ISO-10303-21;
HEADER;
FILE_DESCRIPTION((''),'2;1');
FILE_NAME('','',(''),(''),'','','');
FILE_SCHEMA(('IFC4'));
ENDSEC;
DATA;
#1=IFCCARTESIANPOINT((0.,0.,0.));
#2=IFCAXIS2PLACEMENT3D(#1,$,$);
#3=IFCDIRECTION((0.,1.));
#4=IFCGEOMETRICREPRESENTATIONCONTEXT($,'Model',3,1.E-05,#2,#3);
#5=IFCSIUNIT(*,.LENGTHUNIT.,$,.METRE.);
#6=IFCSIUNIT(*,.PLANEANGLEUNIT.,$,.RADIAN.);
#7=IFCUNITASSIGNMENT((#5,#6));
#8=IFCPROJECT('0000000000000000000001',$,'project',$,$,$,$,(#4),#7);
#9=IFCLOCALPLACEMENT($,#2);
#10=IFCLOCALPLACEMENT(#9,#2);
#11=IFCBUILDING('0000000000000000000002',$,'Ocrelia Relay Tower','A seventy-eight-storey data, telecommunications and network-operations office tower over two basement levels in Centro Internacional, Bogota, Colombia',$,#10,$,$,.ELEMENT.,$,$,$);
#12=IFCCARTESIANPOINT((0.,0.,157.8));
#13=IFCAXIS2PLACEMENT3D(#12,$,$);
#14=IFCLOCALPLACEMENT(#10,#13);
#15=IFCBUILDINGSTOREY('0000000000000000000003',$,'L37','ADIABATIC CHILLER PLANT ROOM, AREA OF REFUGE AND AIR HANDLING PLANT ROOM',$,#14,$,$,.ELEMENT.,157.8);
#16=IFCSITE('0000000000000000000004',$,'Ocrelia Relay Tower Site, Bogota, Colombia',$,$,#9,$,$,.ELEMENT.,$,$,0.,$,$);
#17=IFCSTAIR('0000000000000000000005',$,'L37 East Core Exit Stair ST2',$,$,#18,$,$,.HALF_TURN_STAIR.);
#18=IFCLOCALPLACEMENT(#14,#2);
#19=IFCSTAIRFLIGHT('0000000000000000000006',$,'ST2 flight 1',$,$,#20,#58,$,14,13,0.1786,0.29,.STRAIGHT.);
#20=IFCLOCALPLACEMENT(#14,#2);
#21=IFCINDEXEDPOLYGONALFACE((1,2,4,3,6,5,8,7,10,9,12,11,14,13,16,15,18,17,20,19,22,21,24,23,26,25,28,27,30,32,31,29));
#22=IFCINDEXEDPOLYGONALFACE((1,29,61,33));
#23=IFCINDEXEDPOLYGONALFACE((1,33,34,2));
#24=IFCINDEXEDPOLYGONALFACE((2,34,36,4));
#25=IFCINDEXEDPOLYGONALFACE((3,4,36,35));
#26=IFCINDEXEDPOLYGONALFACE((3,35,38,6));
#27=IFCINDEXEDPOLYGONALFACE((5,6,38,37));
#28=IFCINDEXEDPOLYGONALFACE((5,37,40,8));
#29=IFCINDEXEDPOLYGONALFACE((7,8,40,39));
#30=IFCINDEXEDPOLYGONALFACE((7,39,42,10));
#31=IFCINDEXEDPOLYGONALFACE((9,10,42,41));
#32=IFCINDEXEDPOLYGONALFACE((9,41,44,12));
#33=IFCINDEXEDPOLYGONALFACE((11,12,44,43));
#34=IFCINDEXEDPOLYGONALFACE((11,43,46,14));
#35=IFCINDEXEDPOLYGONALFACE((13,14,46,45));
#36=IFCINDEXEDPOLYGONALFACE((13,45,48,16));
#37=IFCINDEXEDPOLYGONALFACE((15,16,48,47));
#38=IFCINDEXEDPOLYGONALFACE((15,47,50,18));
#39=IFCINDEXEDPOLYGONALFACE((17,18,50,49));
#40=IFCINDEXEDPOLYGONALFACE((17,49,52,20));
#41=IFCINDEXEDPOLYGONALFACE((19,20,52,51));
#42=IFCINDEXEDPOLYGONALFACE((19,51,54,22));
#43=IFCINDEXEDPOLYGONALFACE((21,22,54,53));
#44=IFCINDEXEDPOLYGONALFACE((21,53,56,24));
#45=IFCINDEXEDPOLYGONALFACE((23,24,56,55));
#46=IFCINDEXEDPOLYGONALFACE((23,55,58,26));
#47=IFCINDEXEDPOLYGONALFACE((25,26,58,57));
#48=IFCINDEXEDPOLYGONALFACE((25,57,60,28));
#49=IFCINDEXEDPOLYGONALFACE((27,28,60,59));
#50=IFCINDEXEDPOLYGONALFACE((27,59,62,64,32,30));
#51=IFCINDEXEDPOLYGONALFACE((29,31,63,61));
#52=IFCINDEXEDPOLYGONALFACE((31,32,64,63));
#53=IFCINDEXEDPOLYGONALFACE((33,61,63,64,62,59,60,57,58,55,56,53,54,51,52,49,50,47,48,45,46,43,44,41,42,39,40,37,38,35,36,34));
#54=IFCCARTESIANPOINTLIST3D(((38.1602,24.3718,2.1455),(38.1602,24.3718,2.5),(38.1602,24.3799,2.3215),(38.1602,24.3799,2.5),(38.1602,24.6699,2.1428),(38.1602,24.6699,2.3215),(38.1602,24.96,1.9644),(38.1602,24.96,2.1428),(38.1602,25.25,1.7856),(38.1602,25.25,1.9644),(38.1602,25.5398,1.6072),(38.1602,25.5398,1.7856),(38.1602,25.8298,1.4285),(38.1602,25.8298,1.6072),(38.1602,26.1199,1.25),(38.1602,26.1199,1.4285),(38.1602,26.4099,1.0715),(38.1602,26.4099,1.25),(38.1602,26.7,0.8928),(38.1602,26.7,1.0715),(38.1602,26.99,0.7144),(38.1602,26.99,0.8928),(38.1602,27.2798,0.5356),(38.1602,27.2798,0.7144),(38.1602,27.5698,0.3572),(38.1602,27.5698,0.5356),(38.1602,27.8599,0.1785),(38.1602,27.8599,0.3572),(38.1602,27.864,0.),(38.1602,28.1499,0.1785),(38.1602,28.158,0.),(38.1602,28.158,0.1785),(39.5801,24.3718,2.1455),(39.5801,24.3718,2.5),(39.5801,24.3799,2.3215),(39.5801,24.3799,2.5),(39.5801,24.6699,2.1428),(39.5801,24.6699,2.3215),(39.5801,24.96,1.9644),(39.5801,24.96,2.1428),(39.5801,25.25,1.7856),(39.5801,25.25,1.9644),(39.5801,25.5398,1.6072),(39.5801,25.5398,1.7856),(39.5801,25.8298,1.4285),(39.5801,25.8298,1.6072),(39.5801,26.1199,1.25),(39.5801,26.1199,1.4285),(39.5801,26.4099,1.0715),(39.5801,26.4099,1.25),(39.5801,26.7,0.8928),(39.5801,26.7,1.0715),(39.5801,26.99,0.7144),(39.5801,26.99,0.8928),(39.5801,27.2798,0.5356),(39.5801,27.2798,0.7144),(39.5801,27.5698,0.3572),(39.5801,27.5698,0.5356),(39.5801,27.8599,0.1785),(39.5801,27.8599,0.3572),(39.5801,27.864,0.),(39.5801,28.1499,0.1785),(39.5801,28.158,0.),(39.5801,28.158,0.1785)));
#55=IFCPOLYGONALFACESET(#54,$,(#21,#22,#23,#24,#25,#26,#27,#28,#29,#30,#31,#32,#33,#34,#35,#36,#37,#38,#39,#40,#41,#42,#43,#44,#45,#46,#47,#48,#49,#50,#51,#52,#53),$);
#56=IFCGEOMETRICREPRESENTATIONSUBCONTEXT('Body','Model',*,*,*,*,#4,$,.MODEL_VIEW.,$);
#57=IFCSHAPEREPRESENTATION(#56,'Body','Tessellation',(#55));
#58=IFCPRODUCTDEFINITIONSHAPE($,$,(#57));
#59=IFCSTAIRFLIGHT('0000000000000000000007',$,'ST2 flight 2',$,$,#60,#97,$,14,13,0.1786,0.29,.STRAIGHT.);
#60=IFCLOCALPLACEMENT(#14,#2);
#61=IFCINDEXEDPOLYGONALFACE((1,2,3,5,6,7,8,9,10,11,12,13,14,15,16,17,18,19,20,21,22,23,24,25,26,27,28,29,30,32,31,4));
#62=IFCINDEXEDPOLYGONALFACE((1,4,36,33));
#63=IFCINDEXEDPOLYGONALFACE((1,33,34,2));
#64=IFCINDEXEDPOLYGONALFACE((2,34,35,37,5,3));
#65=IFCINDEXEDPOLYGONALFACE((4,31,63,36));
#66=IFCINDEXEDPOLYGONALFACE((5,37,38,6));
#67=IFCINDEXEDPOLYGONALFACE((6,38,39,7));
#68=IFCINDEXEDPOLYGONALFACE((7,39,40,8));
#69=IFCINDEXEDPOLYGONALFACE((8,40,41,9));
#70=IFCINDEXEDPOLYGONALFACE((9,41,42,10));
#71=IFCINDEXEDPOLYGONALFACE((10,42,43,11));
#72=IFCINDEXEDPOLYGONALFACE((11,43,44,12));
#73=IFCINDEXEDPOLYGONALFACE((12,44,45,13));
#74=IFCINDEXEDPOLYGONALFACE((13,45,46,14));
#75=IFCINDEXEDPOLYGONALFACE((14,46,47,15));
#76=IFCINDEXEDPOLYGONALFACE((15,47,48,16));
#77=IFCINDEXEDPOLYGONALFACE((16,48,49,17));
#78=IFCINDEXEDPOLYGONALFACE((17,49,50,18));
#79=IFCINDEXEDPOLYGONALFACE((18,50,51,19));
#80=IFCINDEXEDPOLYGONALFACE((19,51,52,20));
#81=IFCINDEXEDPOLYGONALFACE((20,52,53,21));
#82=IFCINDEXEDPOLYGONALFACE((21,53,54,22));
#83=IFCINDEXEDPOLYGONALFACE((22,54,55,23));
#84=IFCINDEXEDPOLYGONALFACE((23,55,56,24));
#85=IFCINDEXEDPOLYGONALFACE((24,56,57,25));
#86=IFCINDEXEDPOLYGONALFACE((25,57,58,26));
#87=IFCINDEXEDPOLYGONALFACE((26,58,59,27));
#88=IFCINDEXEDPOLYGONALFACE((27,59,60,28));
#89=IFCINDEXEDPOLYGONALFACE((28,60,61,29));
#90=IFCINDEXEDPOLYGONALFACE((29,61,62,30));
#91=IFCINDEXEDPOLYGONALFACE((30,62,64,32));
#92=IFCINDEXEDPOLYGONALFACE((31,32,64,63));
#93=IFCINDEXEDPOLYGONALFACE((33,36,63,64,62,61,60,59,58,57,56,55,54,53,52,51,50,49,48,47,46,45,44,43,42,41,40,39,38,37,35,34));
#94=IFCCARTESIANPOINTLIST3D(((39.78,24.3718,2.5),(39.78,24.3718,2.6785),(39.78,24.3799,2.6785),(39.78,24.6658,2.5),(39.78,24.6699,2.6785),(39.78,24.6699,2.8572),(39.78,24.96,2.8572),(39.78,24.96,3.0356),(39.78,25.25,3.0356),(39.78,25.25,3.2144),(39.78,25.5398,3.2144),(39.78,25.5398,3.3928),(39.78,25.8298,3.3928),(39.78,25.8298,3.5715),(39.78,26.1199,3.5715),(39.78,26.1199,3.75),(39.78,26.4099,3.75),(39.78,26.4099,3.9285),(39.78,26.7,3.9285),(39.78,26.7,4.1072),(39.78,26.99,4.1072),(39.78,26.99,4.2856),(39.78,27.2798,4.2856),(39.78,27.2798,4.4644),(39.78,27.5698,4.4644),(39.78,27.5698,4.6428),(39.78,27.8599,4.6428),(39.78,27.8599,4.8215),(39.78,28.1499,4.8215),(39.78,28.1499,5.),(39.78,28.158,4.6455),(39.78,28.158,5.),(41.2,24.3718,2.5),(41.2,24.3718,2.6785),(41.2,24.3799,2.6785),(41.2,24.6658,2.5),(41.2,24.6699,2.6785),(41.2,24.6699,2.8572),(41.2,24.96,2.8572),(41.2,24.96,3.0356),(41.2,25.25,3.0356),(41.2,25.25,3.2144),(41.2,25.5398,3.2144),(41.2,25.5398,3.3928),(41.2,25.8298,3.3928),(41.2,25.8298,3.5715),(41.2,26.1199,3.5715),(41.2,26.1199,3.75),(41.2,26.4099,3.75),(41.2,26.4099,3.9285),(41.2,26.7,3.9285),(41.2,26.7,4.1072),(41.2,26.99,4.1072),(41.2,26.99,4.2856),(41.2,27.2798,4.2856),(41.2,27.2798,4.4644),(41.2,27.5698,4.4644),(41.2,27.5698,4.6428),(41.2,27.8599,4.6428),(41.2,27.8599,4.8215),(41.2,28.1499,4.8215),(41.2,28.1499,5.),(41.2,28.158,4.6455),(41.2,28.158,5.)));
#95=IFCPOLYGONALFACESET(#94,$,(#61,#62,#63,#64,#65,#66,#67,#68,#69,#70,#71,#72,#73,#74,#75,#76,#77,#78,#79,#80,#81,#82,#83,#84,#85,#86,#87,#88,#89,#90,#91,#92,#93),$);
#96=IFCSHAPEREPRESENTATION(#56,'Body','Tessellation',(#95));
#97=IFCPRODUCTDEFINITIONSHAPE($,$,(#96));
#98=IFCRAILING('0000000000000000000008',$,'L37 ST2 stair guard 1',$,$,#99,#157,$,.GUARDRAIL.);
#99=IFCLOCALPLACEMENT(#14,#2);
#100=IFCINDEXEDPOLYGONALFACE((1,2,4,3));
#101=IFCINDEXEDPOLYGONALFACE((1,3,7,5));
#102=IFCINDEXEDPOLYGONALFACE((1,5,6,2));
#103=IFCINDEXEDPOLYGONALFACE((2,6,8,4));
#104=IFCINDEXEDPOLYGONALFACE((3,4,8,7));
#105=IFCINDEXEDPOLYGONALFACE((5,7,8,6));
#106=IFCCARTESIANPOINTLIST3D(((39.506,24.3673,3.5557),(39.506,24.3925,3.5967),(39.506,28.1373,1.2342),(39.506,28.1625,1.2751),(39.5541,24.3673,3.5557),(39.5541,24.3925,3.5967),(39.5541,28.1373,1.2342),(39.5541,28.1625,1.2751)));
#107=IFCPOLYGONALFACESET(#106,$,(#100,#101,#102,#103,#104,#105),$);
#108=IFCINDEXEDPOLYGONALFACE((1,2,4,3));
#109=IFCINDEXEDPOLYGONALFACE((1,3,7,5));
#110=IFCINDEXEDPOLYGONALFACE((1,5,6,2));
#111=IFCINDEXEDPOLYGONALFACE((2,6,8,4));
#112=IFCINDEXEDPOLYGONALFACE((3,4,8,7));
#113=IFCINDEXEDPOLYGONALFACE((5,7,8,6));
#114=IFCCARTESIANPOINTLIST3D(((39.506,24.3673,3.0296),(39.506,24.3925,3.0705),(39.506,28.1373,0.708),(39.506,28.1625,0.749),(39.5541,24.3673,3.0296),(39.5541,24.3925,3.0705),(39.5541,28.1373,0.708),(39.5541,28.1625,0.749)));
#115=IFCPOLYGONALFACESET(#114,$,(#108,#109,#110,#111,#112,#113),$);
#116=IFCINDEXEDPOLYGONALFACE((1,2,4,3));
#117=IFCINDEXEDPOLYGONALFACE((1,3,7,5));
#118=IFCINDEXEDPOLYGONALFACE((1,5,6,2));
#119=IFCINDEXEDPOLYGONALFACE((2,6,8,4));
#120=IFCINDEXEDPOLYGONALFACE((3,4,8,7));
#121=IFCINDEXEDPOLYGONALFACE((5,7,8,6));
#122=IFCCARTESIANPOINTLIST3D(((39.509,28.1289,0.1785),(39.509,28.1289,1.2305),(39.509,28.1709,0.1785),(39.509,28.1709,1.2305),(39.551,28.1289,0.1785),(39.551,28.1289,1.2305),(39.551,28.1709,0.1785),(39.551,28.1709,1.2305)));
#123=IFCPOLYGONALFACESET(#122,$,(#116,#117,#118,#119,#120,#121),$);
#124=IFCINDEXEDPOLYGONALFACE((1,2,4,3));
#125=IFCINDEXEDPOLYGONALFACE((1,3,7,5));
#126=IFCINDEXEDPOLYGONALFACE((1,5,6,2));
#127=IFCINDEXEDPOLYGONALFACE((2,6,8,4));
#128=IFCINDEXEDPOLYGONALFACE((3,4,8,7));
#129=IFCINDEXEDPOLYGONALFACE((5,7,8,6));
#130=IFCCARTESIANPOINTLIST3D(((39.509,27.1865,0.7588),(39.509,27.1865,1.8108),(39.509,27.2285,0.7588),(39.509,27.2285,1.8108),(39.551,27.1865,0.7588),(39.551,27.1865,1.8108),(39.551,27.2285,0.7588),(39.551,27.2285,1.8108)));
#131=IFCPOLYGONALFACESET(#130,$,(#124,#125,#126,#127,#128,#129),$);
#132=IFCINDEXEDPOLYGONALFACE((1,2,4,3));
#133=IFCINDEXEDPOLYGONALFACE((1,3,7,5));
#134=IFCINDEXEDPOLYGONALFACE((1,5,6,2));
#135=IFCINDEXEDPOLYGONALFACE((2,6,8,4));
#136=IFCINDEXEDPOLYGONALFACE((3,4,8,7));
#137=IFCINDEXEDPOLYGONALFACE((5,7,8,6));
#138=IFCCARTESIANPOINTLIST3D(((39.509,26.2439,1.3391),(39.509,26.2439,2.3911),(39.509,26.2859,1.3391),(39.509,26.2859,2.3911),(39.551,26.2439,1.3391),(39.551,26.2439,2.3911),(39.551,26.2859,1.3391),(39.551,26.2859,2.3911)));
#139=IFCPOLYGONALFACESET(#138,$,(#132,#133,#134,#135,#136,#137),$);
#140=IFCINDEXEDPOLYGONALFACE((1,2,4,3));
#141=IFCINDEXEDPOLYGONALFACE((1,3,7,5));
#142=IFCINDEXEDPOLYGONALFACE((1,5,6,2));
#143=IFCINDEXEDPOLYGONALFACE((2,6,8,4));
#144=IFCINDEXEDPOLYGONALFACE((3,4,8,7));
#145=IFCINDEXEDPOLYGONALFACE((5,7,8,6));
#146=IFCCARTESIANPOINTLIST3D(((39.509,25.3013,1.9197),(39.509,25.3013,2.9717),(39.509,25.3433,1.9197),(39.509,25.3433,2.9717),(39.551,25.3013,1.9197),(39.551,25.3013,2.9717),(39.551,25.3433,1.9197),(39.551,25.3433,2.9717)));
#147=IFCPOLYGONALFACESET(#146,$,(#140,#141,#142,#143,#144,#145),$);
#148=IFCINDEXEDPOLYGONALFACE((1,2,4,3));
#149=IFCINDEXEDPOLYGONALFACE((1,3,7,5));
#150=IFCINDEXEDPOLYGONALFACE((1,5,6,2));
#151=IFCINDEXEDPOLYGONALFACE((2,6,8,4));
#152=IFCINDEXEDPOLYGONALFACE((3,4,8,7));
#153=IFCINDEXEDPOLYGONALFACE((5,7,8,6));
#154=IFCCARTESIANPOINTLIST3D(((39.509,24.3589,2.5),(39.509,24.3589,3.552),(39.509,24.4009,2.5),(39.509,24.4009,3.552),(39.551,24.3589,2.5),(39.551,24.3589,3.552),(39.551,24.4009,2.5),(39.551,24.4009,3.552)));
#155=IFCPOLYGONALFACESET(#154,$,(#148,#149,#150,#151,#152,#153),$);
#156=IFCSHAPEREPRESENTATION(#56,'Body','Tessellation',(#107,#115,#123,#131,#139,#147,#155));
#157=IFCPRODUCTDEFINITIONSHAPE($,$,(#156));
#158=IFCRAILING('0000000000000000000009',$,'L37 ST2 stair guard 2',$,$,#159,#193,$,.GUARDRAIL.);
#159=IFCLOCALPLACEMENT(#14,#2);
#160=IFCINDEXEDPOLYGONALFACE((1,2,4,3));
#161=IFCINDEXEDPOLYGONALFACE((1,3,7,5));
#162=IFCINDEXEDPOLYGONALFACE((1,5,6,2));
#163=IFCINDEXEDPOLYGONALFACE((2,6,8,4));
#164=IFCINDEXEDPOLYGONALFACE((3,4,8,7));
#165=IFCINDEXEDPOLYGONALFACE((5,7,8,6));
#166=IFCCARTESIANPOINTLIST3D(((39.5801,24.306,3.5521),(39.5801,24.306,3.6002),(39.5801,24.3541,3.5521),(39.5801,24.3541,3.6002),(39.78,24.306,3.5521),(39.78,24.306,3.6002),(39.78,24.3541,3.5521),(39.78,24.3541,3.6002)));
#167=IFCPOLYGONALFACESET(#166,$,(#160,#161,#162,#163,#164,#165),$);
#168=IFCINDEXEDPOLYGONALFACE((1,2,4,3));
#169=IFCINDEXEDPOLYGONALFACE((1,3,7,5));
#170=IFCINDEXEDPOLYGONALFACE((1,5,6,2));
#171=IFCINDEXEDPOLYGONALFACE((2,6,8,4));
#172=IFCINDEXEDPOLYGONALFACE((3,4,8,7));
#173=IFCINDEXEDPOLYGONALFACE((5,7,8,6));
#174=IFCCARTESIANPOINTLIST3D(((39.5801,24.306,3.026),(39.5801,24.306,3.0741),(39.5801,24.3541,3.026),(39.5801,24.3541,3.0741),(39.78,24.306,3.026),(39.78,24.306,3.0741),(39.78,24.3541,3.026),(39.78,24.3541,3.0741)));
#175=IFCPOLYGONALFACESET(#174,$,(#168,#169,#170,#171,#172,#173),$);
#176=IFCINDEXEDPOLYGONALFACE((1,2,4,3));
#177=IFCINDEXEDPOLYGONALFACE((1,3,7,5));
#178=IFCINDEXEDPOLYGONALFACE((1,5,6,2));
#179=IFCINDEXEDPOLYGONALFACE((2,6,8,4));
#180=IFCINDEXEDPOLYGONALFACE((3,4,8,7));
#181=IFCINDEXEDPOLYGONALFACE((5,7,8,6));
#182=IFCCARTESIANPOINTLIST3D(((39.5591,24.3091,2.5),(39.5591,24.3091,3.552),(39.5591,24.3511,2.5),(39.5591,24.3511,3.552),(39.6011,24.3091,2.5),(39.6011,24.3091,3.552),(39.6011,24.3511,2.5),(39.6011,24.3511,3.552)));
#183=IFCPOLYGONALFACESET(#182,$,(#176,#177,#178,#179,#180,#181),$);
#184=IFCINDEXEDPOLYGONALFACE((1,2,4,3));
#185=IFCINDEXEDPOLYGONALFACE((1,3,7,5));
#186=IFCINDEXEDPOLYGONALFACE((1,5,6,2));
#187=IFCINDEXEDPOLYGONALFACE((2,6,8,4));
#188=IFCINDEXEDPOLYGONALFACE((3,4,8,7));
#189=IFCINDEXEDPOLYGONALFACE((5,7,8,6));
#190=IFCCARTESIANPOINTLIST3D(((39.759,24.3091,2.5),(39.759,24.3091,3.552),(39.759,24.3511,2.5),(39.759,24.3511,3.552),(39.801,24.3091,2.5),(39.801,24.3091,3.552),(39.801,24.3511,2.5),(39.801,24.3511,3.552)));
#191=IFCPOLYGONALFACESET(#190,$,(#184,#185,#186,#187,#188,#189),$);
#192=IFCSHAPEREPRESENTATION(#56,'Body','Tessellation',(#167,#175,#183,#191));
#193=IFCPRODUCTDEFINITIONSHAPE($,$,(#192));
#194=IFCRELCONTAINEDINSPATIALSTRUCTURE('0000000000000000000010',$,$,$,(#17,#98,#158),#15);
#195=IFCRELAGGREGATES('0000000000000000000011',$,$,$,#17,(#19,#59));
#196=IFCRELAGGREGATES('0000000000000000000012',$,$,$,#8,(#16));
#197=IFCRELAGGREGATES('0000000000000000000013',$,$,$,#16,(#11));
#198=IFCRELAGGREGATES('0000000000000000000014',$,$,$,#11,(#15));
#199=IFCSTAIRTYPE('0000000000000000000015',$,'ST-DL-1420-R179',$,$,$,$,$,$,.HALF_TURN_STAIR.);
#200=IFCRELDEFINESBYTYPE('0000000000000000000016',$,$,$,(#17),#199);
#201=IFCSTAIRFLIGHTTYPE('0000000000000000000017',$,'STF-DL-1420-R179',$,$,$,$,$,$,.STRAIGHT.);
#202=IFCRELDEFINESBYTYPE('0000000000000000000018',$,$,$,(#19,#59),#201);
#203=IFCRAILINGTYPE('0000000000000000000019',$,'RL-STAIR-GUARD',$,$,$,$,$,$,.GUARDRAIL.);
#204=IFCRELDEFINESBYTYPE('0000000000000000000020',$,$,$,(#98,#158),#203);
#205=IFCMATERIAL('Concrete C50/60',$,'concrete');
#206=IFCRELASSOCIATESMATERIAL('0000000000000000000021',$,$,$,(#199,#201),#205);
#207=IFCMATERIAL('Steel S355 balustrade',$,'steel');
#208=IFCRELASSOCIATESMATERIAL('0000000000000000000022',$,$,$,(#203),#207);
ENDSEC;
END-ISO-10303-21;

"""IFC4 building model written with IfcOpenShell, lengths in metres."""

from ifc_helpers import new_model, si_unit, direction, frame, origin, origin_2d, place, context, subcontext, project, spatial, polyline, rectangle, outline, extrude, material, type_object, element, aggregate, save


model = new_model("IFC4")

# Units and contexts
model_context = context("Model", 3, precision=1e-05, world=origin(), true_north=direction((0.0, 1.0)))
body_context = subcontext(model_context, "Body", "Model", "MODEL_VIEW")
ifc_project = project(units=[si_unit("LENGTHUNIT", "METRE"), si_unit("PLANEANGLEUNIT", "RADIAN")], contexts=[model_context])

# Site, building, storey
site_placement = place(None, origin())
site = spatial("IfcSite", under=ifc_project, at=site_placement, Name="Ocrelia Relay Tower Site, Bogota, Colombia", CompositionType="ELEMENT", RefElevation=0.0)
building_placement = place(site_placement, origin())
building = spatial("IfcBuilding", under=site, at=building_placement, Name="Ocrelia Relay Tower", Description="A seventy-eight-storey data, telecommunications and network-operations office tower over two basement levels in Centro Internacional, Bogota, Colombia", CompositionType="ELEMENT")
storey_placement = place(building_placement, frame((0.0, 0.0, 157.8)))
storey = spatial("IfcBuildingStorey", under=building, at=storey_placement, Name="L37", Description="ADIABATIC CHILLER PLANT ROOM, AREA OF REFUGE AND AIR HANDLING PLANT ROOM", CompositionType="ELEMENT", Elevation=157.8)

# Shared definitions
ifc_material_1 = material(Name="Concrete C50/60", Category="concrete")

# Stair, stair flights
stair_type = type_object("IfcStairType", Name="ST-DL-1420-R179", PredefinedType="HALF_TURN_STAIR", material=ifc_material_1)
stair_placement = place(storey_placement, origin())
stair = element("IfcStair", 1, at=stair_placement, inside=storey, type_object=stair_type, Name="L37 East Core Exit Stair ST2", PredefinedType="HALF_TURN_STAIR")
stair_flight_type = type_object("IfcStairFlightType", Name="STF-DL-1420-R179", PredefinedType="STRAIGHT", material=ifc_material_1)
stair_flight_1_placement = place(storey_placement, frame((38.8701, 28.1499, 0.0), z_axis=(0.0, 0.0, 1.0), x_axis=(0.0, -1.0, 0.0)))
stair_flight_1 = element("IfcStairFlight", 2, at=stair_flight_1_placement, type_object=stair_flight_type, Name="ST2 flight 1", NumberOfRisers=14, NumberOfTreads=13, PredefinedType="STRAIGHT", RiserHeight=0.1786, TreadLength=0.29, context=body_context, shape_type="SweptSolid", body=[
    extrude(outline(polyline([(-0.0081, 0.0), (-0.0081, 0.1785), (0.0, 0.1785), (0.29, 0.1785), (0.29, 0.3572), (0.5801, 0.3572), (0.5801, 0.5356), (0.8701, 0.5356), (0.8701, 0.7144), (1.1599, 0.7144), (1.1599, 0.8928), (1.45, 0.8928), (1.45, 1.0715), (1.74, 1.0715), (1.74, 1.25), (2.03, 1.25), (2.03, 1.4285), (2.3201, 1.4285), (2.3201, 1.6072), (2.6101, 1.6072), (2.6101, 1.7856), (2.8999, 1.7856), (2.8999, 1.9644), (3.1899, 1.9644), (3.1899, 2.1428), (3.48, 2.1428), (3.48, 2.3215), (3.77, 2.3215), (3.77, 2.5), (3.7781, 2.5), (3.7781, 2.1455), (0.2859, 0.0), (-0.0081, 0.0)])), frame((0.0, 0.71, 0.0), z_axis=(0.0, -1.0, 0.0), x_axis=(1.0, 0.0, 0.0)), (0.0, 0.0, 1.0), 1.4199),
])
stair_flight_2_placement = place(storey_placement, frame((40.49, 24.3799, 2.5), z_axis=(0.0, 0.0, 1.0), x_axis=(0.0, 1.0, 0.0)))
stair_flight_2 = element("IfcStairFlight", 3, at=stair_flight_2_placement, type_object=stair_flight_type, Name="ST2 flight 2", NumberOfRisers=14, NumberOfTreads=13, PredefinedType="STRAIGHT", RiserHeight=0.1786, TreadLength=0.29, context=body_context, shape_type="SweptSolid", body=[
    extrude(outline(polyline([(-0.0081, 0.0), (-0.0081, 0.1785), (0.0, 0.1785), (0.29, 0.1785), (0.29, 0.3572), (0.5801, 0.3572), (0.5801, 0.5356), (0.8701, 0.5356), (0.8701, 0.7144), (1.1599, 0.7144), (1.1599, 0.8928), (1.45, 0.8928), (1.45, 1.0715), (1.74, 1.0715), (1.74, 1.25), (2.03, 1.25), (2.03, 1.4285), (2.3201, 1.4285), (2.3201, 1.6072), (2.6101, 1.6072), (2.6101, 1.7856), (2.8999, 1.7856), (2.8999, 1.9644), (3.1899, 1.9644), (3.1899, 2.1428), (3.48, 2.1428), (3.48, 2.3215), (3.77, 2.3215), (3.77, 2.5), (3.7781, 2.5), (3.7781, 2.1455), (0.2859, 0.0), (-0.0081, 0.0)])), frame((0.0, 0.71, 0.0), z_axis=(0.0, -1.0, 0.0), x_axis=(1.0, 0.0, 0.0)), (0.0, 0.0, 1.0), 1.4199),
])
aggregate(stair, [stair_flight_1, stair_flight_2])

# Railings
ifc_material_2 = material(Name="Steel S355 balustrade", Category="steel")
railing_type_1 = type_object("IfcRailingType", Name="RL-STAIR-GUARD", PredefinedType="GUARDRAIL", material=ifc_material_2)
railing_1_placement = place(storey_placement, frame((39.53, 28.1499, 0.1785)))
element("IfcRailing", 4, at=railing_1_placement, inside=storey, type_object=railing_type_1, Name="L37 ST2 stair guard 1", PredefinedType="GUARDRAIL", context=body_context, shape_type="SweptSolid", body=[
    extrude(rectangle(XDim=0.0481, YDim=0.0481, at=origin_2d()), frame((0.0, 0.0, 1.0762), z_axis=(0.0, -0.851505, 0.524347), x_axis=(1.0, 0.0, 0.0)), (0.0, 0.0, 1.0), 4.4275),
    extrude(rectangle(XDim=0.0481, YDim=0.0481, at=origin_2d()), frame((0.0, 0.0, 0.55), z_axis=(0.0, -0.851505, 0.524347), x_axis=(1.0, 0.0, 0.0)), (0.0, 0.0, 1.0), 4.4275),
    extrude(rectangle(XDim=0.042, YDim=0.042, at=origin_2d()), origin(), (0.0, 0.0, 1.0), 1.052),
    extrude(rectangle(XDim=0.042, YDim=0.042, at=origin_2d()), frame((0.0, -0.9424, 0.5803)), (0.0, 0.0, 1.0), 1.052),
    extrude(rectangle(XDim=0.042, YDim=0.042, at=origin_2d()), frame((0.0, -1.885, 1.1606)), (0.0, 0.0, 1.0), 1.052),
    extrude(rectangle(XDim=0.042, YDim=0.042, at=origin_2d()), frame((0.0, -2.8276, 1.7412)), (0.0, 0.0, 1.0), 1.052),
    extrude(rectangle(XDim=0.042, YDim=0.042, at=origin_2d()), frame((0.0, -3.77, 2.3215)), (0.0, 0.0, 1.0), 1.052),
])
railing_2_placement = place(storey_placement, frame((39.5801, 24.3301, 2.5)))
element("IfcRailing", 5, at=railing_2_placement, inside=storey, type_object=railing_type_1, Name="L37 ST2 stair guard 2", PredefinedType="GUARDRAIL", context=body_context, shape_type="SweptSolid", body=[
    extrude(rectangle(XDim=0.0481, YDim=0.0481, at=origin_2d()), frame((0.0, 0.0, 1.0762), z_axis=(1.0, 0.0, 0.0), x_axis=(0.0, 1.0, 0.0)), (0.0, 0.0, 1.0), 0.2),
    extrude(rectangle(XDim=0.0481, YDim=0.0481, at=origin_2d()), frame((0.0, 0.0, 0.55), z_axis=(1.0, 0.0, 0.0), x_axis=(0.0, 1.0, 0.0)), (0.0, 0.0, 1.0), 0.2),
    extrude(rectangle(XDim=0.042, YDim=0.042, at=origin_2d()), origin(), (0.0, 0.0, 1.0), 1.052),
    extrude(rectangle(XDim=0.042, YDim=0.042, at=origin_2d()), frame((0.2, 0.0, 0.0)), (0.0, 0.0, 1.0), 1.052),
])

save(model, "model.ifc")
